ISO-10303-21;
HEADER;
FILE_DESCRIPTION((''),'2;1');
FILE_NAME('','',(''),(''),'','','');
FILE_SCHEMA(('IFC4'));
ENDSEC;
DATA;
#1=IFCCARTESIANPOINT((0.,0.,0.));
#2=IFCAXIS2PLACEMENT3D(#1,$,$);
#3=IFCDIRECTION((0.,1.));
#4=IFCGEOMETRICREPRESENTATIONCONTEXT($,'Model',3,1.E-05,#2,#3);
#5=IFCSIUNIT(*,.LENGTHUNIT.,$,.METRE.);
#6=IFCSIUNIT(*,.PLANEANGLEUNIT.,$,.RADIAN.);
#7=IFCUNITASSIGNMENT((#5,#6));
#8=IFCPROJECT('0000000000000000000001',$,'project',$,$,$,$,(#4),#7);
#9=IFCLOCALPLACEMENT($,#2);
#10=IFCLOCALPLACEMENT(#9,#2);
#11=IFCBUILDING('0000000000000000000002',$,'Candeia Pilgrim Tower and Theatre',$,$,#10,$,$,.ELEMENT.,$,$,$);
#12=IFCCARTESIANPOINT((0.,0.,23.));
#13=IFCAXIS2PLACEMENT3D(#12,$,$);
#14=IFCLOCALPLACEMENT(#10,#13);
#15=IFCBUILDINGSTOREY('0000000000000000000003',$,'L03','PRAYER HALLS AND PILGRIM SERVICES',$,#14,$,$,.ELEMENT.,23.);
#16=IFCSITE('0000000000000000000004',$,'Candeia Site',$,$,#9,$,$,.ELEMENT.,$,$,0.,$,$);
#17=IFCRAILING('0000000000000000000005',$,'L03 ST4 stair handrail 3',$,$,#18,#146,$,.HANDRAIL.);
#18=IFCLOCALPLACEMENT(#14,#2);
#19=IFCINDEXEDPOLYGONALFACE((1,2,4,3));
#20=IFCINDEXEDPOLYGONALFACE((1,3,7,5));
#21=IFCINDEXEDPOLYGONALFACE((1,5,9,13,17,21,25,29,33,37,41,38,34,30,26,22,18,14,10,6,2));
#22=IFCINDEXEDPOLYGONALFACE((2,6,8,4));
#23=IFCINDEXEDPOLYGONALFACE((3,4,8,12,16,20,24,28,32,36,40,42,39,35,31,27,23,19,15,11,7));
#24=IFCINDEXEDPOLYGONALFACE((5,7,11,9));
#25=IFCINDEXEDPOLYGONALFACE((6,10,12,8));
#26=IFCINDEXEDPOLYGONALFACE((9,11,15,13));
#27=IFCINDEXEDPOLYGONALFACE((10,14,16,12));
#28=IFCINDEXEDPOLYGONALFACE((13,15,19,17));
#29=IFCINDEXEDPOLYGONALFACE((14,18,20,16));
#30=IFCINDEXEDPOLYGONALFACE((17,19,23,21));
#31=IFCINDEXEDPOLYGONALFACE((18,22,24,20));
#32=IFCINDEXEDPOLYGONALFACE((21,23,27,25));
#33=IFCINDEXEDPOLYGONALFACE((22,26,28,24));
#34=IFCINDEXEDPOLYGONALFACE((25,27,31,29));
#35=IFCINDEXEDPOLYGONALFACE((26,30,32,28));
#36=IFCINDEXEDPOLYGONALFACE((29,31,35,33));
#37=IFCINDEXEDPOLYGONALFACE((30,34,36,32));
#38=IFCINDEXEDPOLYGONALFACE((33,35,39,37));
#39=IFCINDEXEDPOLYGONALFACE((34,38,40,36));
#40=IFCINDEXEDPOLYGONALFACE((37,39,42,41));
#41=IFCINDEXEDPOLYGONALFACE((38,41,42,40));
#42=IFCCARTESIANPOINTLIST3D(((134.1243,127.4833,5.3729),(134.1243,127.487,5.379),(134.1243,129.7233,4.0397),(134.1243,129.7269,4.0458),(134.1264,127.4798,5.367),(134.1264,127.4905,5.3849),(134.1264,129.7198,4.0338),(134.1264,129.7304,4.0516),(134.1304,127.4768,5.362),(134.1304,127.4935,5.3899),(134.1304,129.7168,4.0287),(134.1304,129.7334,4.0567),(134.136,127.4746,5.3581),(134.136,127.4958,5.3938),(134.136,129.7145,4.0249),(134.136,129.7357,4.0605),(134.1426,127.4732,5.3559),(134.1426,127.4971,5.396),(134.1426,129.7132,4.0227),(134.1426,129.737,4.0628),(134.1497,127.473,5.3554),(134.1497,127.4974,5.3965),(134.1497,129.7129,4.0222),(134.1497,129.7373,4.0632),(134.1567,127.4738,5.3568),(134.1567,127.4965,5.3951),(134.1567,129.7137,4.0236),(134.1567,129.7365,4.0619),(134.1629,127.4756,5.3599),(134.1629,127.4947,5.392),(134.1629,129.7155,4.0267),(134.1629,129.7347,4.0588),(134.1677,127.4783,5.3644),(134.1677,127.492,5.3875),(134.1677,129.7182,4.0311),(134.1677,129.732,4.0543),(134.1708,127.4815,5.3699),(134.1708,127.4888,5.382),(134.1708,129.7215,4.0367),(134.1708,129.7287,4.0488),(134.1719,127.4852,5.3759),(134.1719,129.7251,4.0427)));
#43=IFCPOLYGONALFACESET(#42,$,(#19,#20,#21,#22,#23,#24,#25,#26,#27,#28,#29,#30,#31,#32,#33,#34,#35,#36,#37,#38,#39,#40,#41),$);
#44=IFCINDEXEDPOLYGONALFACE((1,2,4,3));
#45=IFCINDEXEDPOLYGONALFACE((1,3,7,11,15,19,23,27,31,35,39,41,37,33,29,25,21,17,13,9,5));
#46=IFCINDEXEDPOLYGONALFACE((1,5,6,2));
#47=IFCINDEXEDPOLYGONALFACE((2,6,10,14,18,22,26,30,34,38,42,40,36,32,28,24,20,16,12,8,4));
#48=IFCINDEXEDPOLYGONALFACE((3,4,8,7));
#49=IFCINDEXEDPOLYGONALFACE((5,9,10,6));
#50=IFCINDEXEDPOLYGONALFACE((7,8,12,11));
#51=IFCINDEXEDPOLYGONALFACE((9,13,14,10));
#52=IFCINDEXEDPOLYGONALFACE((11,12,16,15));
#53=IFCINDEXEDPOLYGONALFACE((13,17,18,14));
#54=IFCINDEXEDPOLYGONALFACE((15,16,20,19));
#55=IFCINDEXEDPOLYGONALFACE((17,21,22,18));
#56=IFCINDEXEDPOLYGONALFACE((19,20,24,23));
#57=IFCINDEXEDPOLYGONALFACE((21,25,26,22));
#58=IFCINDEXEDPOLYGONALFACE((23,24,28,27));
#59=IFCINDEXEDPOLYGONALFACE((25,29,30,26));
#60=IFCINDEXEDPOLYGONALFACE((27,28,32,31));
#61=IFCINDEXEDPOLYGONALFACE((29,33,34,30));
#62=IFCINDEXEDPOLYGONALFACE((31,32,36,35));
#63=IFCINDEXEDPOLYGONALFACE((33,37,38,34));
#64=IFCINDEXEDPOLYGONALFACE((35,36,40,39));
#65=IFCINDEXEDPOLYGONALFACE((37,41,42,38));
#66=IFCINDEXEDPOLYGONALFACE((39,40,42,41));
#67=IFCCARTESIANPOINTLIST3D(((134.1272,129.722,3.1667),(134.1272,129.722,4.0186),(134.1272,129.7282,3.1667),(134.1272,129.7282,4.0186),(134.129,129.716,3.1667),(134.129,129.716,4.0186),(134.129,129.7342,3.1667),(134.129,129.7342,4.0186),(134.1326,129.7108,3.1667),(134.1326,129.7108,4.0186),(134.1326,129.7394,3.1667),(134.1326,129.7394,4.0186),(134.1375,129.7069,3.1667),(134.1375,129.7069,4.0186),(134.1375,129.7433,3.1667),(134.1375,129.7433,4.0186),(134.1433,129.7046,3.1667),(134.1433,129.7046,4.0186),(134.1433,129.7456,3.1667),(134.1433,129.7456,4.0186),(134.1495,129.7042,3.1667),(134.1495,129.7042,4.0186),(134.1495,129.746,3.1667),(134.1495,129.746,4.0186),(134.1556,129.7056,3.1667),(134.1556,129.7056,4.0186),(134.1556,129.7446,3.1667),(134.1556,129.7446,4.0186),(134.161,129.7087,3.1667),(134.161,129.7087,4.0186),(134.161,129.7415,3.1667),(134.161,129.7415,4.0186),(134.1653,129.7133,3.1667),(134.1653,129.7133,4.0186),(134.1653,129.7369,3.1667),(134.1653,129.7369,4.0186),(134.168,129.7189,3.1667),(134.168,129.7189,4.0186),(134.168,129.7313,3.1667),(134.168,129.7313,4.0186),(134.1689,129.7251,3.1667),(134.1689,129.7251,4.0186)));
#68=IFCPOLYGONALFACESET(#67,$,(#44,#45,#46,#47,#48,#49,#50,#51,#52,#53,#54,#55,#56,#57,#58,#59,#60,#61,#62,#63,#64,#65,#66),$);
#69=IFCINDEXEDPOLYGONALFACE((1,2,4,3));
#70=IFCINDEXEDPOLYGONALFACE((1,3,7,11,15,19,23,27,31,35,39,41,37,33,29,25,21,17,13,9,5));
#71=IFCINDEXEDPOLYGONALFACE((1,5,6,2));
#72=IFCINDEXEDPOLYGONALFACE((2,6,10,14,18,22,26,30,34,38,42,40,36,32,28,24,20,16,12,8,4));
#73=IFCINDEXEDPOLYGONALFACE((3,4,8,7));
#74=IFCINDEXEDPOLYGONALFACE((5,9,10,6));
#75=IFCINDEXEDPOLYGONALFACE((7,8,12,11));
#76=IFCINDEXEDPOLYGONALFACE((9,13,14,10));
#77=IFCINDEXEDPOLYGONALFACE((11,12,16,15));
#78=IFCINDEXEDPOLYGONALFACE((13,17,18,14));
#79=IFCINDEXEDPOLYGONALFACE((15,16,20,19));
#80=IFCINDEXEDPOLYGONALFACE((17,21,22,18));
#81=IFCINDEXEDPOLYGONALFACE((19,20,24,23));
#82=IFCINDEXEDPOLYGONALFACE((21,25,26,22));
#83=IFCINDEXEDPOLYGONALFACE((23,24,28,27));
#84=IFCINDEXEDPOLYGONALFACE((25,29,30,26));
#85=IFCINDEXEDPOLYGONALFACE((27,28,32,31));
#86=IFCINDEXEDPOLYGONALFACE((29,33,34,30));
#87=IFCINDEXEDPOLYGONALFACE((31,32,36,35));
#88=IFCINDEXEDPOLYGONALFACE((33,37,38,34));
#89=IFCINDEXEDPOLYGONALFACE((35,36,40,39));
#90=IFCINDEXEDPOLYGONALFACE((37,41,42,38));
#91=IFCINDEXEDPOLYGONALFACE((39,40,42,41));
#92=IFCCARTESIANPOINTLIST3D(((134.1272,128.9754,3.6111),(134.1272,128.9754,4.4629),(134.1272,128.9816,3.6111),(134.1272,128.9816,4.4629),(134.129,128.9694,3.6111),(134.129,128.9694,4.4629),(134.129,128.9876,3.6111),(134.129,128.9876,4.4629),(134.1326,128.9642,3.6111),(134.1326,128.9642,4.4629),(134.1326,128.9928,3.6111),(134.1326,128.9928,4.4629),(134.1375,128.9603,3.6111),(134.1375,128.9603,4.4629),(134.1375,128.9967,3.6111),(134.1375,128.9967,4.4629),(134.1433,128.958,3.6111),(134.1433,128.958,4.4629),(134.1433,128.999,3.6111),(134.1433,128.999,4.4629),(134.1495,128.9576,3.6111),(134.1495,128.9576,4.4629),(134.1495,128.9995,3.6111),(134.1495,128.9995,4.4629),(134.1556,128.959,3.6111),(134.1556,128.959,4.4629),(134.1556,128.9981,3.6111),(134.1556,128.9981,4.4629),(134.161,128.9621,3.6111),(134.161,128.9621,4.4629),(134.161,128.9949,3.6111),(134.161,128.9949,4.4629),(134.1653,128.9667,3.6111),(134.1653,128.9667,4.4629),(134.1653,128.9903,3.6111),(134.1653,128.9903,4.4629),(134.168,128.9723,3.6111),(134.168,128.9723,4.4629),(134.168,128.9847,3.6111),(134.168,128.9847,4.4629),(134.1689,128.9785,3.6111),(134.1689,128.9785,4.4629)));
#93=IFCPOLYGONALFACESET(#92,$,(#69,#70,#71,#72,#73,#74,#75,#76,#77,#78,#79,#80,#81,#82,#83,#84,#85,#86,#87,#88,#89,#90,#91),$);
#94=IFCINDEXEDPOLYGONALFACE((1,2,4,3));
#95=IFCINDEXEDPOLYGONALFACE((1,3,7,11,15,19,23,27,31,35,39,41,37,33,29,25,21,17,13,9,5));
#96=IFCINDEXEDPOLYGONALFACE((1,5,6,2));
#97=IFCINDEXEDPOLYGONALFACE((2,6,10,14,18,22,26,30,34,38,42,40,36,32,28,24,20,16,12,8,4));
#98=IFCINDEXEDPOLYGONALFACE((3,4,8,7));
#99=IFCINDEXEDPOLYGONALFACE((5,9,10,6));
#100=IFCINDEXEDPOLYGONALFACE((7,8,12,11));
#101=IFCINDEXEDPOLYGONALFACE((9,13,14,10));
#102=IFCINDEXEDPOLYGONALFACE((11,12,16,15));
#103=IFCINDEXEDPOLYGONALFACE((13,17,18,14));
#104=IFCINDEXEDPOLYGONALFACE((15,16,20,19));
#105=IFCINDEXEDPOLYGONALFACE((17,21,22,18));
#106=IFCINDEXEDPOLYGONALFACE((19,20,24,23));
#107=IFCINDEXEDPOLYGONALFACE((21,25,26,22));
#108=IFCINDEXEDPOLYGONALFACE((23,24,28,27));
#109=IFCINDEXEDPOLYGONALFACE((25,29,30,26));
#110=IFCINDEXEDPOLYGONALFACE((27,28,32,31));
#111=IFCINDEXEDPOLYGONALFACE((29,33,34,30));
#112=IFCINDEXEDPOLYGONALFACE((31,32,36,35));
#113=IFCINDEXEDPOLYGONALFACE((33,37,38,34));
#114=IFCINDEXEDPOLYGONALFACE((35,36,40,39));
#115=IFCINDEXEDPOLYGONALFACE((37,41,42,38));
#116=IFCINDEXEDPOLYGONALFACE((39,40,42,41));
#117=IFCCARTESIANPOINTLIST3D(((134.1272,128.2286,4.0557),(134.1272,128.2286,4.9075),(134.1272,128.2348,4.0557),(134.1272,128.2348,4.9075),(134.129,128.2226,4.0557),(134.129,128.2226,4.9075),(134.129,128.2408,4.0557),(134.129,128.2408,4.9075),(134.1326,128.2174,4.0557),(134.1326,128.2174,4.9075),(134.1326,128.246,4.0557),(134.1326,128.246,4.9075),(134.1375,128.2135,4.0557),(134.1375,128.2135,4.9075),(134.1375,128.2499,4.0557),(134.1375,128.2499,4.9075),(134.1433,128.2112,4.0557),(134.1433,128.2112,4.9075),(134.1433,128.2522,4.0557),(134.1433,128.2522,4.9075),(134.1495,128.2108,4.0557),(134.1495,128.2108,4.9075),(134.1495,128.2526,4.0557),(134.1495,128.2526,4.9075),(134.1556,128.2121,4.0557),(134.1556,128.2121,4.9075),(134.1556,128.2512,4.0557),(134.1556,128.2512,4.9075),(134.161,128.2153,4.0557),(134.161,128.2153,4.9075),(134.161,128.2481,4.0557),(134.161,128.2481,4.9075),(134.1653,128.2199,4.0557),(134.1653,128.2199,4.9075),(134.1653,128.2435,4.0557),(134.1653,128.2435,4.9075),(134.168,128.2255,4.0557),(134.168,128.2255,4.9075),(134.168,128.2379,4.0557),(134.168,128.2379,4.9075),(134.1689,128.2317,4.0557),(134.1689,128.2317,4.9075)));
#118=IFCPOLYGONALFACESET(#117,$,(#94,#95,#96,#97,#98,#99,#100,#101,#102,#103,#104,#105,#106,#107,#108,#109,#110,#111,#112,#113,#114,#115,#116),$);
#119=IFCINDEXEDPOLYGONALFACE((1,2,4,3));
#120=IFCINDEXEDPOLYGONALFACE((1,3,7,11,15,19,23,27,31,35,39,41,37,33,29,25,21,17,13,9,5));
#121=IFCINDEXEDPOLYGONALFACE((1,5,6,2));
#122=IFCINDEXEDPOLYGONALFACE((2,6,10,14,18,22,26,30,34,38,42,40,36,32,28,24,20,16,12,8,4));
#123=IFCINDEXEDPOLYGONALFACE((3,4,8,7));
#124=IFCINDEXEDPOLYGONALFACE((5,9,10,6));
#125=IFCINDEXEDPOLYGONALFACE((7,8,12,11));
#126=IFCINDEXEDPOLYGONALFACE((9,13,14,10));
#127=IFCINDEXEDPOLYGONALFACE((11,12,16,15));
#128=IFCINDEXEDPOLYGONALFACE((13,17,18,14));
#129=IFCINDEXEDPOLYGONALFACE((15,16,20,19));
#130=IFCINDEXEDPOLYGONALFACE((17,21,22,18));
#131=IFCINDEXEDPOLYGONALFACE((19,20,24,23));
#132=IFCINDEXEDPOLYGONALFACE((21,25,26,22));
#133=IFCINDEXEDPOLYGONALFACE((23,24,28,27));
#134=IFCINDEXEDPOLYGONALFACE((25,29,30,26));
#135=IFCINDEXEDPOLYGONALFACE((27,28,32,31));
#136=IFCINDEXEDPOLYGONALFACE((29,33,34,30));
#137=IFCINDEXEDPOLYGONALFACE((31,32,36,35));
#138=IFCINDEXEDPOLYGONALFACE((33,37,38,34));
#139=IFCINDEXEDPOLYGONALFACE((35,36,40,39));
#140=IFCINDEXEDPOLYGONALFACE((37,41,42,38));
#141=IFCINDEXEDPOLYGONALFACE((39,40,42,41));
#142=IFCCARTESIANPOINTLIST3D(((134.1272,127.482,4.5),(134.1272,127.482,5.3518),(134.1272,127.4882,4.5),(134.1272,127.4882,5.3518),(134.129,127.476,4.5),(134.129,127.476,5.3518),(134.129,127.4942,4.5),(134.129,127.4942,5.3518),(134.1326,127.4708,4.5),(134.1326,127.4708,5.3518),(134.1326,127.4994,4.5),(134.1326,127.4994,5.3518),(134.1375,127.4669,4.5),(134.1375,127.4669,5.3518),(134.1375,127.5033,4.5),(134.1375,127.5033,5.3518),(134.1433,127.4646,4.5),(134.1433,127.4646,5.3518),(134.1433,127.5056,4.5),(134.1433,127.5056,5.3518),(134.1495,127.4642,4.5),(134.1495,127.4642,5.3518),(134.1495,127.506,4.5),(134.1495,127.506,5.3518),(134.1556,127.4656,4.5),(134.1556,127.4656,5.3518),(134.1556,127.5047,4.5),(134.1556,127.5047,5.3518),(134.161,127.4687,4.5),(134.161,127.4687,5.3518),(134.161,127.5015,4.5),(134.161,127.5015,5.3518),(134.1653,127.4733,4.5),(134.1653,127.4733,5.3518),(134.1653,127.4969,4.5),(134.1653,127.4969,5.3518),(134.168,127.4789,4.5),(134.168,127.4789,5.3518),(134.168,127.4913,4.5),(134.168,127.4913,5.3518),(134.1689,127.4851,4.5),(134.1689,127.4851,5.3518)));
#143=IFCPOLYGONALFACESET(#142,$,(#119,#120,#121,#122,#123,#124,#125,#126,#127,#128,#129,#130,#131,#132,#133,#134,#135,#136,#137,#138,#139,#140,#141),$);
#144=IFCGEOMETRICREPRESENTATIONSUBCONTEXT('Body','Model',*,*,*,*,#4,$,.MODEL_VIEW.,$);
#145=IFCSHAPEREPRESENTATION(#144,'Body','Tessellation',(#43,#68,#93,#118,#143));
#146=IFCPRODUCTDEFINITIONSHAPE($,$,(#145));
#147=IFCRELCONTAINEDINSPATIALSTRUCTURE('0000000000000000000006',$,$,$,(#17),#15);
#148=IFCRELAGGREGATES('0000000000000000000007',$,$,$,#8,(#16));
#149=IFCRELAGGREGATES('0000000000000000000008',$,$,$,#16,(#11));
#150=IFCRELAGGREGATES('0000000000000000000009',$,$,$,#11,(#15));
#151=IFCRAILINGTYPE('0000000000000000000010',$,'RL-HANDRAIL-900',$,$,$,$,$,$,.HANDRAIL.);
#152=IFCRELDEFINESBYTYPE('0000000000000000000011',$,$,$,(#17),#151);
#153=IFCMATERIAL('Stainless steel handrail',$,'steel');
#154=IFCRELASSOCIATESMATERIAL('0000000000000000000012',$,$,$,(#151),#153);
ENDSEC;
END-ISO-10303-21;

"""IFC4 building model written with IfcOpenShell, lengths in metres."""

from ifc_helpers import new_model, si_unit, direction, frame, origin, origin_2d, place, context, subcontext, project, spatial, circle, extrude, material, type_object, element, save


model = new_model("IFC4")

# Units and contexts
model_context = context("Model", 3, precision=1e-05, world=origin(), true_north=direction((0.0, 1.0)))
body_context = subcontext(model_context, "Body", "Model", "MODEL_VIEW")
ifc_project = project(units=[si_unit("LENGTHUNIT", "METRE"), si_unit("PLANEANGLEUNIT", "RADIAN")], contexts=[model_context])

# Site, building, storey
site_placement = place(None, origin())
site = spatial("IfcSite", under=ifc_project, at=site_placement, Name="Candeia Site", CompositionType="ELEMENT", RefElevation=0.0)
building_placement = place(site_placement, origin())
building = spatial("IfcBuilding", under=site, at=building_placement, Name="Candeia Pilgrim Tower and Theatre", CompositionType="ELEMENT")
storey_placement = place(building_placement, frame((0.0, 0.0, 23.0)))
storey = spatial("IfcBuildingStorey", under=building, at=storey_placement, Name="L03", Description="PRAYER HALLS AND PILGRIM SERVICES", CompositionType="ELEMENT", Elevation=23.0)

# Railing
ifc_material_1 = material(Name="Stainless steel handrail", Category="steel")
railing_type_1 = type_object("IfcRailingType", Name="RL-HANDRAIL-900", PredefinedType="HANDRAIL", material=ifc_material_1)
for number, where, name in (
    (1, (134.1479, 129.7251, 3.1667), "L03 ST4 stair handrail 3"),
):
    element("IfcRailing", number, at=place(storey_placement, frame(where)), inside=storey, type_object=railing_type_1, Name=name, PredefinedType="HANDRAIL", context=body_context, shape_type="SweptSolid", body=[
        extrude(circle(Radius=0.0239, at=origin_2d()), frame((0.0, 0.0, 0.876), z_axis=(0.0, -0.859306, 0.511462), x_axis=(1.0, 0.0, 0.0)), (0.0, 0.0, 1.0), 2.6067),
        extrude(circle(Radius=0.021, at=origin_2d()), origin(), (0.0, 0.0, 1.0), 0.8518),
        extrude(circle(Radius=0.021, at=origin_2d()), frame((0.0, -0.7466, 0.4443)), (0.0, 0.0, 1.0), 0.8518),
        extrude(circle(Radius=0.021, at=origin_2d()), frame((0.0, -1.4934, 0.8889)), (0.0, 0.0, 1.0), 0.8518),
        extrude(circle(Radius=0.021, at=origin_2d()), frame((0.0, -2.24, 1.3333)), (0.0, 0.0, 1.0), 0.8518),
    ])

save(model, "model.ifc")
